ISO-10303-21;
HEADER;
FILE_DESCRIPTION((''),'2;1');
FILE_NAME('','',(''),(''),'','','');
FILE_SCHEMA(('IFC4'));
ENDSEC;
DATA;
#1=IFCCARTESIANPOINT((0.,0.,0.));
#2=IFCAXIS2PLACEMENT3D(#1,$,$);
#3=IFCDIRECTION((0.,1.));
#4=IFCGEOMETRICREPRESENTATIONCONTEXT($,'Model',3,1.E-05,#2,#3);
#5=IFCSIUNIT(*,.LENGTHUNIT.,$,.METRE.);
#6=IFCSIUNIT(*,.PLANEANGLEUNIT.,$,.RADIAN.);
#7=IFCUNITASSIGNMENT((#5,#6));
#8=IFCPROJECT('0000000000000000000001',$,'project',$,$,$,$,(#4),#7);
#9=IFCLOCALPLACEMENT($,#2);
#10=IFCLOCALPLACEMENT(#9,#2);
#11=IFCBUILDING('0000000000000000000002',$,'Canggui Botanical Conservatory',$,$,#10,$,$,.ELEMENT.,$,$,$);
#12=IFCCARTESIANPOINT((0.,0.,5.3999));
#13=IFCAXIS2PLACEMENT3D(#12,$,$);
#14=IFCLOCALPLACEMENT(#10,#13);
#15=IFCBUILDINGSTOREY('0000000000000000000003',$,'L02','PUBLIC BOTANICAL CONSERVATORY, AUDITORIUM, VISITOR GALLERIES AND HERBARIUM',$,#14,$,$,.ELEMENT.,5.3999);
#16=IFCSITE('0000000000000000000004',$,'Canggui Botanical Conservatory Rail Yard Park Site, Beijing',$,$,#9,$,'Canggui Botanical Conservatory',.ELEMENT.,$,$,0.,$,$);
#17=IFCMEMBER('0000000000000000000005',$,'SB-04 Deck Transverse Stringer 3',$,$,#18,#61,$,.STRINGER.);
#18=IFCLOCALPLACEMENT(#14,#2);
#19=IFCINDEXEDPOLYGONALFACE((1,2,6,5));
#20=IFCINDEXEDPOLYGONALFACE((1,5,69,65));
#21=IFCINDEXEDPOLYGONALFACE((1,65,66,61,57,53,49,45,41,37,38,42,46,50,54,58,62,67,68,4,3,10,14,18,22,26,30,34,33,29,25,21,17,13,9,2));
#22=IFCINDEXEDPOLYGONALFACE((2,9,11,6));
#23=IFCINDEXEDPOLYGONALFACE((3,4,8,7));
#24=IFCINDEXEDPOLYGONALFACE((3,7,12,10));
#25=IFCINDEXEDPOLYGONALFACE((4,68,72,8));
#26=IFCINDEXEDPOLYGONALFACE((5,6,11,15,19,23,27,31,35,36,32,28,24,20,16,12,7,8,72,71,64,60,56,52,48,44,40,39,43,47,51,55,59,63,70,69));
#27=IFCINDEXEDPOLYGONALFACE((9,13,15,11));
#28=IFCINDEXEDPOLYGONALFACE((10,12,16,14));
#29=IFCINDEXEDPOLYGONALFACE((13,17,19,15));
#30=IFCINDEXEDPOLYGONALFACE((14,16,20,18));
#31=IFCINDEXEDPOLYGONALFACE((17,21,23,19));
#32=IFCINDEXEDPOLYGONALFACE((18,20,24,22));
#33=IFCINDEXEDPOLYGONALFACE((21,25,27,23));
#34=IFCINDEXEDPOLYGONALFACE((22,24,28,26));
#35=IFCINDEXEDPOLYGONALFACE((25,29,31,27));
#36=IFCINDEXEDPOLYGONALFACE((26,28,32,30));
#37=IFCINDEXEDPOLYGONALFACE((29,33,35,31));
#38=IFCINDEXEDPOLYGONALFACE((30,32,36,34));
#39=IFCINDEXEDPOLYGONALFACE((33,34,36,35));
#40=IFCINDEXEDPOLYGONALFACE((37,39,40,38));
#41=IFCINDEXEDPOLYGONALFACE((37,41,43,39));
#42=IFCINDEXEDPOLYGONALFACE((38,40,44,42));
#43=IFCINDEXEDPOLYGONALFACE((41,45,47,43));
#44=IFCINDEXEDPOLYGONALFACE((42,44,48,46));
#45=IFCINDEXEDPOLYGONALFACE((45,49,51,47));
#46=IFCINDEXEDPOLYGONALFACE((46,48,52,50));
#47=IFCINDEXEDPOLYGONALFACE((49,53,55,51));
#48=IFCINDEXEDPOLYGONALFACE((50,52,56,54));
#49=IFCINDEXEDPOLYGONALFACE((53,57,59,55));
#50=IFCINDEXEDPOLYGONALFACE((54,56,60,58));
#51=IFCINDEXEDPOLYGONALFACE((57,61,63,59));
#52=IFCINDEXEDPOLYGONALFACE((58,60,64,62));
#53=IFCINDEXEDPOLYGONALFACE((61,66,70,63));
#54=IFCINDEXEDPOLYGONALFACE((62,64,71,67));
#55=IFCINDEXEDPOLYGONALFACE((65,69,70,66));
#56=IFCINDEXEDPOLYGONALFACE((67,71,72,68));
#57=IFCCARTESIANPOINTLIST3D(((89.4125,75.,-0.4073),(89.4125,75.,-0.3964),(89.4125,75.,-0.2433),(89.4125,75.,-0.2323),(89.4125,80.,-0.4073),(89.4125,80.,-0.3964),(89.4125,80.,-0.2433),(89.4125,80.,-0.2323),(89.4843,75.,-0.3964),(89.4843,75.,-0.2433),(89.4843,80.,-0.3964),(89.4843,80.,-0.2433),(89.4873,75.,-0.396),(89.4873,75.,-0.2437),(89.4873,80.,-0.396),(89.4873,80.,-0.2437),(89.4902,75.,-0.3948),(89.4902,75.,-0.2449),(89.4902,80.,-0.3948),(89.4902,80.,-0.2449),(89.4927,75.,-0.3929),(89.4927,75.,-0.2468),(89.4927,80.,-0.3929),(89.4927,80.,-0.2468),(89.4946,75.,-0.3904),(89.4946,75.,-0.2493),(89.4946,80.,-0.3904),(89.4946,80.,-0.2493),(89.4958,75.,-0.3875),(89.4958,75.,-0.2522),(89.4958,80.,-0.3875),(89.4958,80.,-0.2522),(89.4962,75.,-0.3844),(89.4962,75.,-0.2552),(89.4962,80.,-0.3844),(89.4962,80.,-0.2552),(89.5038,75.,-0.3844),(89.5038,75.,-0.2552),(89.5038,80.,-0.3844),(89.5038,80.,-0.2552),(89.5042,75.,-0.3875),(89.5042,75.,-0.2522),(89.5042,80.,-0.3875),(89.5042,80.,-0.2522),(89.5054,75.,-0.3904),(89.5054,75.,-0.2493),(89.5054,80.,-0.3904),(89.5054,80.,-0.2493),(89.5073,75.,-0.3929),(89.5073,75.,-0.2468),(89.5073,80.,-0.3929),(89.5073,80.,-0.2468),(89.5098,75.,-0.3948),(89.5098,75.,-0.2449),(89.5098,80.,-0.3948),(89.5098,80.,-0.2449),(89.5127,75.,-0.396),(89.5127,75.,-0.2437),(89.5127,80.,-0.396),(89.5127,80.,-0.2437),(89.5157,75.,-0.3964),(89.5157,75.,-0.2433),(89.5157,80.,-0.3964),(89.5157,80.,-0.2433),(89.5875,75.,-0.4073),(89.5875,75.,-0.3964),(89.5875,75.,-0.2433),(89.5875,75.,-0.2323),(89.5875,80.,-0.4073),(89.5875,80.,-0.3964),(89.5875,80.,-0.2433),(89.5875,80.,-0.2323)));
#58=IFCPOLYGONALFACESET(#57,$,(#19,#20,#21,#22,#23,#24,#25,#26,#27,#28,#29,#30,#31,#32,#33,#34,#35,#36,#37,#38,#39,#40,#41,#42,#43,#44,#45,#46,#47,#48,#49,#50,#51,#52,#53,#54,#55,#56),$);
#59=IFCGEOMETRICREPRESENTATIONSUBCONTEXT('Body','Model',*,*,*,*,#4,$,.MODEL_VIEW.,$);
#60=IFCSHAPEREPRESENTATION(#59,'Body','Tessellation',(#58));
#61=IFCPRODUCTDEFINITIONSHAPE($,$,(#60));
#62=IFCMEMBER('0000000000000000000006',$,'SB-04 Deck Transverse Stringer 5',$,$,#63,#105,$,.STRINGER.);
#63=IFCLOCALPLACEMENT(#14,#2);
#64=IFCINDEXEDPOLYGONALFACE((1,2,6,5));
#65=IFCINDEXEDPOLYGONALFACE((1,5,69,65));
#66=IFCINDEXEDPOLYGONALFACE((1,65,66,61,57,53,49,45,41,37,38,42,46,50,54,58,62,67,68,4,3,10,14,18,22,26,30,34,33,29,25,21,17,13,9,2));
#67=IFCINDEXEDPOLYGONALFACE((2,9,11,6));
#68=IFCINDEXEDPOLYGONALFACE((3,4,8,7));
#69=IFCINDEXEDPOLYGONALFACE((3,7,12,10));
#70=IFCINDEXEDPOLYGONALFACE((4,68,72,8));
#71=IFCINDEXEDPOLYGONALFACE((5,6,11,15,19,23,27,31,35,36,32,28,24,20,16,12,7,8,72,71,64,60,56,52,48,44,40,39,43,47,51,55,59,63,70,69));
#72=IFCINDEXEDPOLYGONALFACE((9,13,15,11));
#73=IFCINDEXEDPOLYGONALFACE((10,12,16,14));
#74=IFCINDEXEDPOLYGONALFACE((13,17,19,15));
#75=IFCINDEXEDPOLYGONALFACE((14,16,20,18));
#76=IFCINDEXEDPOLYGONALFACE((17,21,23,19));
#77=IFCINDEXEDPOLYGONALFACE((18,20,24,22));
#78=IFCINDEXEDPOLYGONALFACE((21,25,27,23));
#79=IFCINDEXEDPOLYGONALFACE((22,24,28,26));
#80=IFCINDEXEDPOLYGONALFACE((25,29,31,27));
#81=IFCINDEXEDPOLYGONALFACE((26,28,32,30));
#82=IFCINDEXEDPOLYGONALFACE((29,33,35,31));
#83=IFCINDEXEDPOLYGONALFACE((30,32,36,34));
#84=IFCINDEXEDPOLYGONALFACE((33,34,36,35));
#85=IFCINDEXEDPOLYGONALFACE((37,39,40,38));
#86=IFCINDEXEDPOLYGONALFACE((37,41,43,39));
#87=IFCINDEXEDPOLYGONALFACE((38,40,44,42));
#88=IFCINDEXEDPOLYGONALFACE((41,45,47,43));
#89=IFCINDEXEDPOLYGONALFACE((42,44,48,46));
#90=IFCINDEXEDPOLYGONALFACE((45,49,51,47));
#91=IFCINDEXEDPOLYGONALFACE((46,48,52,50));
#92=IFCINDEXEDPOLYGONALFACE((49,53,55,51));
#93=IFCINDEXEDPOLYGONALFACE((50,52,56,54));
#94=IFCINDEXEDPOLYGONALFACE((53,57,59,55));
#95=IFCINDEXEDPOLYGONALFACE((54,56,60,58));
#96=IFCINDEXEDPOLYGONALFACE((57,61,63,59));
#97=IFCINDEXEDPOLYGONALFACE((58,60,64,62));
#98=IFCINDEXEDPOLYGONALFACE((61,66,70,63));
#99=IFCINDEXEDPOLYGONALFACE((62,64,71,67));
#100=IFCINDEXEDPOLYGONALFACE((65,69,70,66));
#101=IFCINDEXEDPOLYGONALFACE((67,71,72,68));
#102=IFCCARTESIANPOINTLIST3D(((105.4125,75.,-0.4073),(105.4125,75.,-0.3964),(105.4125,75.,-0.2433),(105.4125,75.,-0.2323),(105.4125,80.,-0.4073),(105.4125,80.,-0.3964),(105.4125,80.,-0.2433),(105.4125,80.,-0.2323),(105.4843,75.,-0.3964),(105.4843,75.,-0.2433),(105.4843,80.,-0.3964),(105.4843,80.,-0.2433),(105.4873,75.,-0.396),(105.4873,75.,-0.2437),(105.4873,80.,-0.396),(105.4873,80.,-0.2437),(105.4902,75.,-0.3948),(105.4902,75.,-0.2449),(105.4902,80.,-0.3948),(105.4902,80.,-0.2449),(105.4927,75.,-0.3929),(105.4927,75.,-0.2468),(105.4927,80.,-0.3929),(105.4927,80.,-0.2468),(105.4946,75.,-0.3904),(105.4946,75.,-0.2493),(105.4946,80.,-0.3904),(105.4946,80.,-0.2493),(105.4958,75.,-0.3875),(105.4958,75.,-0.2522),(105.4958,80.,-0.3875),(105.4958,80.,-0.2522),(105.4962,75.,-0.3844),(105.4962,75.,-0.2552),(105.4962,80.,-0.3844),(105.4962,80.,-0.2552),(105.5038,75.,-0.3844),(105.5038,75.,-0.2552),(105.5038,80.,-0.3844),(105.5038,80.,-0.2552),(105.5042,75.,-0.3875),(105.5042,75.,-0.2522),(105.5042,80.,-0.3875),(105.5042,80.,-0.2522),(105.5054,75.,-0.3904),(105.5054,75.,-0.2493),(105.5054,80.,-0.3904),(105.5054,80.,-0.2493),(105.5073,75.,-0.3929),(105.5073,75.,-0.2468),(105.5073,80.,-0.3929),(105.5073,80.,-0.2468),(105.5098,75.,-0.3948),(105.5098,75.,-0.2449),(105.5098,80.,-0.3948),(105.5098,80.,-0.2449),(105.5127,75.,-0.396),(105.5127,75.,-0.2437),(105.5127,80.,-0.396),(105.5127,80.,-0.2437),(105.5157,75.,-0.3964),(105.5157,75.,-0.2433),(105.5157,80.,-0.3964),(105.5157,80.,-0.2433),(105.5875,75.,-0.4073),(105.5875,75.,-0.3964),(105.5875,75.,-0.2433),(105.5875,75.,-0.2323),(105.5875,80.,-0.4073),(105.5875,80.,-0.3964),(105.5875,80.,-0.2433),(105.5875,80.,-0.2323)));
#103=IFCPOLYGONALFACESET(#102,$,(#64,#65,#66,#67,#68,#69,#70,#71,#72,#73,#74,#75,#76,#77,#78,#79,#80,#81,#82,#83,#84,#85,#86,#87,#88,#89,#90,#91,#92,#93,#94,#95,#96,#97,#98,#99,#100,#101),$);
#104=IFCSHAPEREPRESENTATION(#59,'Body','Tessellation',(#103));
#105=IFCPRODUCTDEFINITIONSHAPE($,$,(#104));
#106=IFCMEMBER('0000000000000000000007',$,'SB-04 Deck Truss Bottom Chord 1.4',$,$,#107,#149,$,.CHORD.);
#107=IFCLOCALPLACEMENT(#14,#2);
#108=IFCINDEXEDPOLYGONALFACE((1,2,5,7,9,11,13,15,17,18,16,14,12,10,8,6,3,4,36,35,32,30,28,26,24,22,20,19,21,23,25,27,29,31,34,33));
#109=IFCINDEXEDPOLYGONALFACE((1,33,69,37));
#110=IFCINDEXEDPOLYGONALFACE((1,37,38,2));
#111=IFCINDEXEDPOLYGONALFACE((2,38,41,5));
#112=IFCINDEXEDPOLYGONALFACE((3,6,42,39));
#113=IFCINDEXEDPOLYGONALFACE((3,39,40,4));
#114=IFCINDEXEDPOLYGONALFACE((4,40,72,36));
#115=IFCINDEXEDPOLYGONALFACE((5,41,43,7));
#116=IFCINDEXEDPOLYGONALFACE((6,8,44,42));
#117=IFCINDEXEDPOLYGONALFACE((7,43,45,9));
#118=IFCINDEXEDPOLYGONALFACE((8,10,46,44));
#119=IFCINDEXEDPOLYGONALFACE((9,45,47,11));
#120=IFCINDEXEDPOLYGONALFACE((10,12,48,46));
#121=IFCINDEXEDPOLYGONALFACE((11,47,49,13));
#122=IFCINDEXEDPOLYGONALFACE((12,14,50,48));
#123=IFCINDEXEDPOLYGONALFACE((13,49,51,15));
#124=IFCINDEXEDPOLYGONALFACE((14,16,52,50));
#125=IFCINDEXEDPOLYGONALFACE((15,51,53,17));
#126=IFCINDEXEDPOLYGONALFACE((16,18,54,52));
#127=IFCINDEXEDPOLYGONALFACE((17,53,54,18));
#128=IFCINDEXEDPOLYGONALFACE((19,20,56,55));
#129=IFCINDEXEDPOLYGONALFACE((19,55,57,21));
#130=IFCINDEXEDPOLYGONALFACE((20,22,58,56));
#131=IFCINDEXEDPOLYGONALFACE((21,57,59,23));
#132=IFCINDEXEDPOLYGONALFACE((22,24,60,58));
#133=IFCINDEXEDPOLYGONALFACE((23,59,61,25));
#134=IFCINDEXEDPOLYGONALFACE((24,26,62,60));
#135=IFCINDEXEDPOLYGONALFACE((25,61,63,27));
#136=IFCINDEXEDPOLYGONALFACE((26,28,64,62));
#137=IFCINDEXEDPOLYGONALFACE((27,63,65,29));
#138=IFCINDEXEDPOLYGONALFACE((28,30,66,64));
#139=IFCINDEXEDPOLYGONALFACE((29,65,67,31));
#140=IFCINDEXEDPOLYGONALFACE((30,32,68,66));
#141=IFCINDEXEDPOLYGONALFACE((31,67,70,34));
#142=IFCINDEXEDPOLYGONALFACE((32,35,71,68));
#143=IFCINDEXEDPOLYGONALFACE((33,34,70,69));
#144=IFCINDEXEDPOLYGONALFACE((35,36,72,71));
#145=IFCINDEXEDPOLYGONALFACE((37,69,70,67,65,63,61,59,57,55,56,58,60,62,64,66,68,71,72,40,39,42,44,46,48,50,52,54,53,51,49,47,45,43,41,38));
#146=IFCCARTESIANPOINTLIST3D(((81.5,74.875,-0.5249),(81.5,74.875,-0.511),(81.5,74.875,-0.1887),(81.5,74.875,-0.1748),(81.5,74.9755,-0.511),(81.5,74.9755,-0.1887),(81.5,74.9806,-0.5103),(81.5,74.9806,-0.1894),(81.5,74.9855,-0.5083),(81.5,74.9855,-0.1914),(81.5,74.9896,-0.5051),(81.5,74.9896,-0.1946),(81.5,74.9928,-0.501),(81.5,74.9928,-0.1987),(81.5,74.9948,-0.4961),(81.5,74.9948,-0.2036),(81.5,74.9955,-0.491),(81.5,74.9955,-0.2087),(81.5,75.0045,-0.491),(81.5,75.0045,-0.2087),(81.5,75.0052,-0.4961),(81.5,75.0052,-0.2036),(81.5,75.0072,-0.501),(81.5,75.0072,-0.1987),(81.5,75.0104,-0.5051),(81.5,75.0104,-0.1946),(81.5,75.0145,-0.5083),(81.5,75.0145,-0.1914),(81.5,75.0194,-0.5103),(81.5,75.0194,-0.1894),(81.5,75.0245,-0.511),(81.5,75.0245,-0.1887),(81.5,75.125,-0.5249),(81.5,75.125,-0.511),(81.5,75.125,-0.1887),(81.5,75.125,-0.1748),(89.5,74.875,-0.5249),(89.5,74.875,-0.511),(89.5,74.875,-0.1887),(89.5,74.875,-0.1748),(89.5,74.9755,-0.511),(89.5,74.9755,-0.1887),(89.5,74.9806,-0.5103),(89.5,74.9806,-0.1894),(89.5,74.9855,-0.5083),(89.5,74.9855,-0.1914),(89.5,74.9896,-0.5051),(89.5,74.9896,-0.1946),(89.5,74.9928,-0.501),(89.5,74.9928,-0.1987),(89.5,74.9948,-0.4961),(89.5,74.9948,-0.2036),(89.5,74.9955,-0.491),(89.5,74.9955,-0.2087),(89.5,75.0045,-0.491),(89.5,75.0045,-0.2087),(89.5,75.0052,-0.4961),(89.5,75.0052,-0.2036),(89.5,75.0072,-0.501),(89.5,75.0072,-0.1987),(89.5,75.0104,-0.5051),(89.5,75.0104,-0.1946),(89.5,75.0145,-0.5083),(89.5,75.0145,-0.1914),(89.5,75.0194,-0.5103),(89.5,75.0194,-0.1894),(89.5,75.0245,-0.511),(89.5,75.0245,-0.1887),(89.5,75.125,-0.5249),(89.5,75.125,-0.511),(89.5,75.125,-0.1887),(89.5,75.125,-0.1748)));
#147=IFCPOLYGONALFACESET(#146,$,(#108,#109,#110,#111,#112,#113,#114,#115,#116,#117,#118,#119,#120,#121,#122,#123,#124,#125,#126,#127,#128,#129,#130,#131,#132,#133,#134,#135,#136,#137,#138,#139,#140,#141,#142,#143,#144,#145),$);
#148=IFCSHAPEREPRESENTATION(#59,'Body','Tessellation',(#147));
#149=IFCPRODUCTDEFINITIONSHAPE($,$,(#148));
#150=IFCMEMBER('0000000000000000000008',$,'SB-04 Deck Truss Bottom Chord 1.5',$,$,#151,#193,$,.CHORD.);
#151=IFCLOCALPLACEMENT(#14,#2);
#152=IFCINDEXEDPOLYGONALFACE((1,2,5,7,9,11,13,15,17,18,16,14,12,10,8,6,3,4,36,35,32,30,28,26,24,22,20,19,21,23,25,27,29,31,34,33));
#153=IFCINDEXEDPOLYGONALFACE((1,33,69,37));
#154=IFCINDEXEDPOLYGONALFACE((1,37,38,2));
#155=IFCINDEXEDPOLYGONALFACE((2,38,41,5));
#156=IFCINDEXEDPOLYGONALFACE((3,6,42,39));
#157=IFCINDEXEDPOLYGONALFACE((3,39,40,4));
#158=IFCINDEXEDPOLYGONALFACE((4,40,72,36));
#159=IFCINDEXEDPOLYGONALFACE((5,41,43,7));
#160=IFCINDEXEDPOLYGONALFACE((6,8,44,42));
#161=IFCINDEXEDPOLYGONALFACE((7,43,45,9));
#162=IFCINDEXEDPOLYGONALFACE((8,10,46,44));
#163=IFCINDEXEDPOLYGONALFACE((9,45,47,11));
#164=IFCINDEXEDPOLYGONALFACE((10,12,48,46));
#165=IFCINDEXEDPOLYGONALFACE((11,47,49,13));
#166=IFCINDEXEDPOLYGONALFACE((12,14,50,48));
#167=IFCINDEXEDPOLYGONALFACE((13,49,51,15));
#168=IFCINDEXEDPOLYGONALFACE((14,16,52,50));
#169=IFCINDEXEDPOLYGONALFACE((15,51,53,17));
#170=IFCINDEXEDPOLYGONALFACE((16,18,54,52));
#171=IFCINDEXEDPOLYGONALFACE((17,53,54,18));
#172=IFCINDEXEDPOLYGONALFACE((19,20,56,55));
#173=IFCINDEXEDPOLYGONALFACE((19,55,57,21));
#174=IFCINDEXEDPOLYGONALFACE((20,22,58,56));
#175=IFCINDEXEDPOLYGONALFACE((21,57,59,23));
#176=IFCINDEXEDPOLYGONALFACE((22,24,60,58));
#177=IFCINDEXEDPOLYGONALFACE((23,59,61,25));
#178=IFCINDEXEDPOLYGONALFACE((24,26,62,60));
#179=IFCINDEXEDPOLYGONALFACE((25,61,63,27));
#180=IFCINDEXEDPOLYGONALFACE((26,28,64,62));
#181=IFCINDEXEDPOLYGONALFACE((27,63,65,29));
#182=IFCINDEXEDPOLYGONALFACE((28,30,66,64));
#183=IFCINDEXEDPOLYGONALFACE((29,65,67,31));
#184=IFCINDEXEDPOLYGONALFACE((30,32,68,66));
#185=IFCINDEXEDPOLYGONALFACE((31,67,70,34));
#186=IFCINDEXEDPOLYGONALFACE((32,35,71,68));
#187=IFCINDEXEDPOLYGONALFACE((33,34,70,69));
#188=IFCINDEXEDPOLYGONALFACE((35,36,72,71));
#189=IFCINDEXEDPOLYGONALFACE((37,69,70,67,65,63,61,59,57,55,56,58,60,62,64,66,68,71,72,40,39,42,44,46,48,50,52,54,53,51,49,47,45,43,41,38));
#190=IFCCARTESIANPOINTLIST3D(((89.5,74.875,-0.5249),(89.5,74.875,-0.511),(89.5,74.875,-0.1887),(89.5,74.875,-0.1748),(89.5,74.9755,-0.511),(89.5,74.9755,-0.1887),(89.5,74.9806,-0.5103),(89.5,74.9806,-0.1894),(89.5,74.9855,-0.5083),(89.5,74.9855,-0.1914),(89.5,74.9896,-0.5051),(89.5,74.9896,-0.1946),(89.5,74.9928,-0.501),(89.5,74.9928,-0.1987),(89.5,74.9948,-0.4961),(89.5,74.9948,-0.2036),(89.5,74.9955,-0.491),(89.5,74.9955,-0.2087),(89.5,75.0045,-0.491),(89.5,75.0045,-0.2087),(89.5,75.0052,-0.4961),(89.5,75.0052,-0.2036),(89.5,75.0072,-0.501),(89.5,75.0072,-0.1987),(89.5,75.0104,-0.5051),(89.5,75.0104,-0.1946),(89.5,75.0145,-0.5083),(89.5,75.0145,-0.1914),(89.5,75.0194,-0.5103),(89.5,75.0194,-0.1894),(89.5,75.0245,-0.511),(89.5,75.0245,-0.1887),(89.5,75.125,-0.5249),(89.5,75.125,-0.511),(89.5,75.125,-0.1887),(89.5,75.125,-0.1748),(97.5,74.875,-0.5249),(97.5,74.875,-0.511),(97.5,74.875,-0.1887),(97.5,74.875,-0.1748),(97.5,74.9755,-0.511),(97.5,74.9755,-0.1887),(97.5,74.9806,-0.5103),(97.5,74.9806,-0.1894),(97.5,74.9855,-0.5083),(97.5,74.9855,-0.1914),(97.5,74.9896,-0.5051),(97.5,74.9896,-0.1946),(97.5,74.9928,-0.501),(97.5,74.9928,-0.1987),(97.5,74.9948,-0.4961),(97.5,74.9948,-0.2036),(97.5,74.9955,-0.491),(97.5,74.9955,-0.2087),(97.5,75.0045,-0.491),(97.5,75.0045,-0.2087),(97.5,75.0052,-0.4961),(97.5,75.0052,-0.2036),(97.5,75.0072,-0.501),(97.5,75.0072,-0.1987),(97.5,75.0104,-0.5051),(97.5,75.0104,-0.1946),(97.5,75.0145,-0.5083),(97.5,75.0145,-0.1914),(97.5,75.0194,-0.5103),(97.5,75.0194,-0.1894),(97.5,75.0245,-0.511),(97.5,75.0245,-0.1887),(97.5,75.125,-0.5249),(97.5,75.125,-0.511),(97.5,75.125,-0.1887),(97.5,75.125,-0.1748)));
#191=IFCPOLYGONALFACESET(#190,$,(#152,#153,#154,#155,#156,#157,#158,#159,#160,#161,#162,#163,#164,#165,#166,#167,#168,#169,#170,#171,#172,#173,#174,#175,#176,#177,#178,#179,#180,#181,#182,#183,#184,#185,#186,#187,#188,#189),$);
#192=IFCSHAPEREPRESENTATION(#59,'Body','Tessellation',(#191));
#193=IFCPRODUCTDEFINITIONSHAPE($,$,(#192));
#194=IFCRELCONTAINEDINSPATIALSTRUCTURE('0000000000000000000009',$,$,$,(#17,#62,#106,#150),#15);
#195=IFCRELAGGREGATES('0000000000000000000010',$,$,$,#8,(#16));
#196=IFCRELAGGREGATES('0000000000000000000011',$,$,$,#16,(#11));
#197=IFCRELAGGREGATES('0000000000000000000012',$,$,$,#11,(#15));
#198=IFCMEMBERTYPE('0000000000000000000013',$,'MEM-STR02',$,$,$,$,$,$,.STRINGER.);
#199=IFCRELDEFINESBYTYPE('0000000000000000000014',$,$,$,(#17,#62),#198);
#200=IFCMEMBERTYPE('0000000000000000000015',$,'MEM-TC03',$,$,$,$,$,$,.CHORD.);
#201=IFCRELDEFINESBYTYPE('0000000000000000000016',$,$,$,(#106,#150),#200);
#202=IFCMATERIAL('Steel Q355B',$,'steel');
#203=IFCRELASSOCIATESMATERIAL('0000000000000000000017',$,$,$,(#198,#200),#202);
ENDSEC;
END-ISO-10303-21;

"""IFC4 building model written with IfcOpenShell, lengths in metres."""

from ifc_helpers import new_model, si_unit, direction, frame, origin, origin_2d, place, context, subcontext, project, spatial, i_section, extrude, material, material_profile, profile_set, type_object, element, save


model = new_model("IFC4")

# Units and contexts
model_context = context("Model", 3, precision=1e-05, world=origin(), true_north=direction((0.0, 1.0)))
body_context = subcontext(model_context, "Body", "Model", "MODEL_VIEW")
ifc_project = project(units=[si_unit("LENGTHUNIT", "METRE"), si_unit("PLANEANGLEUNIT", "RADIAN")], contexts=[model_context])

# Site, building, storey
site_placement = place(None, origin())
site = spatial("IfcSite", under=ifc_project, at=site_placement, Name="Canggui Botanical Conservatory Rail Yard Park Site, Beijing", LongName="Canggui Botanical Conservatory", CompositionType="ELEMENT", RefElevation=0.0)
building_placement = place(site_placement, origin())
building = spatial("IfcBuilding", under=site, at=building_placement, Name="Canggui Botanical Conservatory", CompositionType="ELEMENT")
storey_placement = place(building_placement, frame((0.0, 0.0, 5.3999)))
storey = spatial("IfcBuildingStorey", under=building, at=storey_placement, Name="L02", Description="PUBLIC BOTANICAL CONSERVATORY, AUDITORIUM, VISITOR GALLERIES AND HERBARIUM", CompositionType="ELEMENT", Elevation=5.3999)

# Shared definitions
ifc_material_1 = material(Name="Steel Q355B", Category="steel")

# Members
ifc_material_profile_1 = material_profile(ifc_material_1, i_section(OverallWidth=0.175, OverallDepth=0.175, WebThickness=0.0076, FlangeThickness=0.011, FilletRadius=0.012, at=origin_2d()), Name="HW 175x175x7.5x11")
ifc_profile_set_1 = profile_set([ifc_material_profile_1], Name="Steel Q355B")
member_type_1 = type_object("IfcMemberType", Name="MEM-STR02", PredefinedType="STRINGER", material=ifc_profile_set_1)
for number, where, z_axis, x_axis, name in (
    (1, (89.5, 75.0, -0.3198), (0.0, 1.0, 0.0), (-1.0, 0.0, 0.0), "SB-04 Deck Transverse Stringer 3"),
    (2, (105.5, 75.0, -0.3198), (0.0, 1.0, 0.0), (-1.0, 0.0, 0.0), "SB-04 Deck Transverse Stringer 5"),
):
    element("IfcMember", number, at=place(storey_placement, frame(where, z_axis=z_axis, x_axis=x_axis)), inside=storey, type_object=member_type_1, Name=name, PredefinedType="STRINGER", context=body_context, shape_type="SweptSolid", body=[
        extrude(i_section(OverallWidth=0.175, OverallDepth=0.175, WebThickness=0.0076, FlangeThickness=0.011, FilletRadius=0.012, at=origin_2d()), origin(), (0.0, 0.0, 1.0), 5.0),
    ])
ifc_material_profile_2 = material_profile(ifc_material_1, i_section(OverallWidth=0.25, OverallDepth=0.3501, WebThickness=0.009, FlangeThickness=0.0139, FilletRadius=0.02, at=origin_2d()), Name="HM 350x250x9x14")
ifc_profile_set_2 = profile_set([ifc_material_profile_2], Name="Steel Q355B")
member_type_2 = type_object("IfcMemberType", Name="MEM-TC03", PredefinedType="CHORD", material=ifc_profile_set_2)
for number, where, z_axis, x_axis, name in (
    (3, (81.5, 75.0, -0.3499), (1.0, 0.0, 0.0), (0.0, 1.0, 0.0), "SB-04 Deck Truss Bottom Chord 1.4"),
    (4, (89.5, 75.0, -0.3499), (1.0, 0.0, 0.0), (0.0, 1.0, 0.0), "SB-04 Deck Truss Bottom Chord 1.5"),
):
    element("IfcMember", number, at=place(storey_placement, frame(where, z_axis=z_axis, x_axis=x_axis)), inside=storey, type_object=member_type_2, Name=name, PredefinedType="CHORD", context=body_context, shape_type="SweptSolid", body=[
        extrude(i_section(OverallWidth=0.25, OverallDepth=0.3501, WebThickness=0.009, FlangeThickness=0.0139, FilletRadius=0.02, at=origin_2d()), origin(), (0.0, 0.0, 1.0), 8.0),
    ])

save(model, "model.ifc")
